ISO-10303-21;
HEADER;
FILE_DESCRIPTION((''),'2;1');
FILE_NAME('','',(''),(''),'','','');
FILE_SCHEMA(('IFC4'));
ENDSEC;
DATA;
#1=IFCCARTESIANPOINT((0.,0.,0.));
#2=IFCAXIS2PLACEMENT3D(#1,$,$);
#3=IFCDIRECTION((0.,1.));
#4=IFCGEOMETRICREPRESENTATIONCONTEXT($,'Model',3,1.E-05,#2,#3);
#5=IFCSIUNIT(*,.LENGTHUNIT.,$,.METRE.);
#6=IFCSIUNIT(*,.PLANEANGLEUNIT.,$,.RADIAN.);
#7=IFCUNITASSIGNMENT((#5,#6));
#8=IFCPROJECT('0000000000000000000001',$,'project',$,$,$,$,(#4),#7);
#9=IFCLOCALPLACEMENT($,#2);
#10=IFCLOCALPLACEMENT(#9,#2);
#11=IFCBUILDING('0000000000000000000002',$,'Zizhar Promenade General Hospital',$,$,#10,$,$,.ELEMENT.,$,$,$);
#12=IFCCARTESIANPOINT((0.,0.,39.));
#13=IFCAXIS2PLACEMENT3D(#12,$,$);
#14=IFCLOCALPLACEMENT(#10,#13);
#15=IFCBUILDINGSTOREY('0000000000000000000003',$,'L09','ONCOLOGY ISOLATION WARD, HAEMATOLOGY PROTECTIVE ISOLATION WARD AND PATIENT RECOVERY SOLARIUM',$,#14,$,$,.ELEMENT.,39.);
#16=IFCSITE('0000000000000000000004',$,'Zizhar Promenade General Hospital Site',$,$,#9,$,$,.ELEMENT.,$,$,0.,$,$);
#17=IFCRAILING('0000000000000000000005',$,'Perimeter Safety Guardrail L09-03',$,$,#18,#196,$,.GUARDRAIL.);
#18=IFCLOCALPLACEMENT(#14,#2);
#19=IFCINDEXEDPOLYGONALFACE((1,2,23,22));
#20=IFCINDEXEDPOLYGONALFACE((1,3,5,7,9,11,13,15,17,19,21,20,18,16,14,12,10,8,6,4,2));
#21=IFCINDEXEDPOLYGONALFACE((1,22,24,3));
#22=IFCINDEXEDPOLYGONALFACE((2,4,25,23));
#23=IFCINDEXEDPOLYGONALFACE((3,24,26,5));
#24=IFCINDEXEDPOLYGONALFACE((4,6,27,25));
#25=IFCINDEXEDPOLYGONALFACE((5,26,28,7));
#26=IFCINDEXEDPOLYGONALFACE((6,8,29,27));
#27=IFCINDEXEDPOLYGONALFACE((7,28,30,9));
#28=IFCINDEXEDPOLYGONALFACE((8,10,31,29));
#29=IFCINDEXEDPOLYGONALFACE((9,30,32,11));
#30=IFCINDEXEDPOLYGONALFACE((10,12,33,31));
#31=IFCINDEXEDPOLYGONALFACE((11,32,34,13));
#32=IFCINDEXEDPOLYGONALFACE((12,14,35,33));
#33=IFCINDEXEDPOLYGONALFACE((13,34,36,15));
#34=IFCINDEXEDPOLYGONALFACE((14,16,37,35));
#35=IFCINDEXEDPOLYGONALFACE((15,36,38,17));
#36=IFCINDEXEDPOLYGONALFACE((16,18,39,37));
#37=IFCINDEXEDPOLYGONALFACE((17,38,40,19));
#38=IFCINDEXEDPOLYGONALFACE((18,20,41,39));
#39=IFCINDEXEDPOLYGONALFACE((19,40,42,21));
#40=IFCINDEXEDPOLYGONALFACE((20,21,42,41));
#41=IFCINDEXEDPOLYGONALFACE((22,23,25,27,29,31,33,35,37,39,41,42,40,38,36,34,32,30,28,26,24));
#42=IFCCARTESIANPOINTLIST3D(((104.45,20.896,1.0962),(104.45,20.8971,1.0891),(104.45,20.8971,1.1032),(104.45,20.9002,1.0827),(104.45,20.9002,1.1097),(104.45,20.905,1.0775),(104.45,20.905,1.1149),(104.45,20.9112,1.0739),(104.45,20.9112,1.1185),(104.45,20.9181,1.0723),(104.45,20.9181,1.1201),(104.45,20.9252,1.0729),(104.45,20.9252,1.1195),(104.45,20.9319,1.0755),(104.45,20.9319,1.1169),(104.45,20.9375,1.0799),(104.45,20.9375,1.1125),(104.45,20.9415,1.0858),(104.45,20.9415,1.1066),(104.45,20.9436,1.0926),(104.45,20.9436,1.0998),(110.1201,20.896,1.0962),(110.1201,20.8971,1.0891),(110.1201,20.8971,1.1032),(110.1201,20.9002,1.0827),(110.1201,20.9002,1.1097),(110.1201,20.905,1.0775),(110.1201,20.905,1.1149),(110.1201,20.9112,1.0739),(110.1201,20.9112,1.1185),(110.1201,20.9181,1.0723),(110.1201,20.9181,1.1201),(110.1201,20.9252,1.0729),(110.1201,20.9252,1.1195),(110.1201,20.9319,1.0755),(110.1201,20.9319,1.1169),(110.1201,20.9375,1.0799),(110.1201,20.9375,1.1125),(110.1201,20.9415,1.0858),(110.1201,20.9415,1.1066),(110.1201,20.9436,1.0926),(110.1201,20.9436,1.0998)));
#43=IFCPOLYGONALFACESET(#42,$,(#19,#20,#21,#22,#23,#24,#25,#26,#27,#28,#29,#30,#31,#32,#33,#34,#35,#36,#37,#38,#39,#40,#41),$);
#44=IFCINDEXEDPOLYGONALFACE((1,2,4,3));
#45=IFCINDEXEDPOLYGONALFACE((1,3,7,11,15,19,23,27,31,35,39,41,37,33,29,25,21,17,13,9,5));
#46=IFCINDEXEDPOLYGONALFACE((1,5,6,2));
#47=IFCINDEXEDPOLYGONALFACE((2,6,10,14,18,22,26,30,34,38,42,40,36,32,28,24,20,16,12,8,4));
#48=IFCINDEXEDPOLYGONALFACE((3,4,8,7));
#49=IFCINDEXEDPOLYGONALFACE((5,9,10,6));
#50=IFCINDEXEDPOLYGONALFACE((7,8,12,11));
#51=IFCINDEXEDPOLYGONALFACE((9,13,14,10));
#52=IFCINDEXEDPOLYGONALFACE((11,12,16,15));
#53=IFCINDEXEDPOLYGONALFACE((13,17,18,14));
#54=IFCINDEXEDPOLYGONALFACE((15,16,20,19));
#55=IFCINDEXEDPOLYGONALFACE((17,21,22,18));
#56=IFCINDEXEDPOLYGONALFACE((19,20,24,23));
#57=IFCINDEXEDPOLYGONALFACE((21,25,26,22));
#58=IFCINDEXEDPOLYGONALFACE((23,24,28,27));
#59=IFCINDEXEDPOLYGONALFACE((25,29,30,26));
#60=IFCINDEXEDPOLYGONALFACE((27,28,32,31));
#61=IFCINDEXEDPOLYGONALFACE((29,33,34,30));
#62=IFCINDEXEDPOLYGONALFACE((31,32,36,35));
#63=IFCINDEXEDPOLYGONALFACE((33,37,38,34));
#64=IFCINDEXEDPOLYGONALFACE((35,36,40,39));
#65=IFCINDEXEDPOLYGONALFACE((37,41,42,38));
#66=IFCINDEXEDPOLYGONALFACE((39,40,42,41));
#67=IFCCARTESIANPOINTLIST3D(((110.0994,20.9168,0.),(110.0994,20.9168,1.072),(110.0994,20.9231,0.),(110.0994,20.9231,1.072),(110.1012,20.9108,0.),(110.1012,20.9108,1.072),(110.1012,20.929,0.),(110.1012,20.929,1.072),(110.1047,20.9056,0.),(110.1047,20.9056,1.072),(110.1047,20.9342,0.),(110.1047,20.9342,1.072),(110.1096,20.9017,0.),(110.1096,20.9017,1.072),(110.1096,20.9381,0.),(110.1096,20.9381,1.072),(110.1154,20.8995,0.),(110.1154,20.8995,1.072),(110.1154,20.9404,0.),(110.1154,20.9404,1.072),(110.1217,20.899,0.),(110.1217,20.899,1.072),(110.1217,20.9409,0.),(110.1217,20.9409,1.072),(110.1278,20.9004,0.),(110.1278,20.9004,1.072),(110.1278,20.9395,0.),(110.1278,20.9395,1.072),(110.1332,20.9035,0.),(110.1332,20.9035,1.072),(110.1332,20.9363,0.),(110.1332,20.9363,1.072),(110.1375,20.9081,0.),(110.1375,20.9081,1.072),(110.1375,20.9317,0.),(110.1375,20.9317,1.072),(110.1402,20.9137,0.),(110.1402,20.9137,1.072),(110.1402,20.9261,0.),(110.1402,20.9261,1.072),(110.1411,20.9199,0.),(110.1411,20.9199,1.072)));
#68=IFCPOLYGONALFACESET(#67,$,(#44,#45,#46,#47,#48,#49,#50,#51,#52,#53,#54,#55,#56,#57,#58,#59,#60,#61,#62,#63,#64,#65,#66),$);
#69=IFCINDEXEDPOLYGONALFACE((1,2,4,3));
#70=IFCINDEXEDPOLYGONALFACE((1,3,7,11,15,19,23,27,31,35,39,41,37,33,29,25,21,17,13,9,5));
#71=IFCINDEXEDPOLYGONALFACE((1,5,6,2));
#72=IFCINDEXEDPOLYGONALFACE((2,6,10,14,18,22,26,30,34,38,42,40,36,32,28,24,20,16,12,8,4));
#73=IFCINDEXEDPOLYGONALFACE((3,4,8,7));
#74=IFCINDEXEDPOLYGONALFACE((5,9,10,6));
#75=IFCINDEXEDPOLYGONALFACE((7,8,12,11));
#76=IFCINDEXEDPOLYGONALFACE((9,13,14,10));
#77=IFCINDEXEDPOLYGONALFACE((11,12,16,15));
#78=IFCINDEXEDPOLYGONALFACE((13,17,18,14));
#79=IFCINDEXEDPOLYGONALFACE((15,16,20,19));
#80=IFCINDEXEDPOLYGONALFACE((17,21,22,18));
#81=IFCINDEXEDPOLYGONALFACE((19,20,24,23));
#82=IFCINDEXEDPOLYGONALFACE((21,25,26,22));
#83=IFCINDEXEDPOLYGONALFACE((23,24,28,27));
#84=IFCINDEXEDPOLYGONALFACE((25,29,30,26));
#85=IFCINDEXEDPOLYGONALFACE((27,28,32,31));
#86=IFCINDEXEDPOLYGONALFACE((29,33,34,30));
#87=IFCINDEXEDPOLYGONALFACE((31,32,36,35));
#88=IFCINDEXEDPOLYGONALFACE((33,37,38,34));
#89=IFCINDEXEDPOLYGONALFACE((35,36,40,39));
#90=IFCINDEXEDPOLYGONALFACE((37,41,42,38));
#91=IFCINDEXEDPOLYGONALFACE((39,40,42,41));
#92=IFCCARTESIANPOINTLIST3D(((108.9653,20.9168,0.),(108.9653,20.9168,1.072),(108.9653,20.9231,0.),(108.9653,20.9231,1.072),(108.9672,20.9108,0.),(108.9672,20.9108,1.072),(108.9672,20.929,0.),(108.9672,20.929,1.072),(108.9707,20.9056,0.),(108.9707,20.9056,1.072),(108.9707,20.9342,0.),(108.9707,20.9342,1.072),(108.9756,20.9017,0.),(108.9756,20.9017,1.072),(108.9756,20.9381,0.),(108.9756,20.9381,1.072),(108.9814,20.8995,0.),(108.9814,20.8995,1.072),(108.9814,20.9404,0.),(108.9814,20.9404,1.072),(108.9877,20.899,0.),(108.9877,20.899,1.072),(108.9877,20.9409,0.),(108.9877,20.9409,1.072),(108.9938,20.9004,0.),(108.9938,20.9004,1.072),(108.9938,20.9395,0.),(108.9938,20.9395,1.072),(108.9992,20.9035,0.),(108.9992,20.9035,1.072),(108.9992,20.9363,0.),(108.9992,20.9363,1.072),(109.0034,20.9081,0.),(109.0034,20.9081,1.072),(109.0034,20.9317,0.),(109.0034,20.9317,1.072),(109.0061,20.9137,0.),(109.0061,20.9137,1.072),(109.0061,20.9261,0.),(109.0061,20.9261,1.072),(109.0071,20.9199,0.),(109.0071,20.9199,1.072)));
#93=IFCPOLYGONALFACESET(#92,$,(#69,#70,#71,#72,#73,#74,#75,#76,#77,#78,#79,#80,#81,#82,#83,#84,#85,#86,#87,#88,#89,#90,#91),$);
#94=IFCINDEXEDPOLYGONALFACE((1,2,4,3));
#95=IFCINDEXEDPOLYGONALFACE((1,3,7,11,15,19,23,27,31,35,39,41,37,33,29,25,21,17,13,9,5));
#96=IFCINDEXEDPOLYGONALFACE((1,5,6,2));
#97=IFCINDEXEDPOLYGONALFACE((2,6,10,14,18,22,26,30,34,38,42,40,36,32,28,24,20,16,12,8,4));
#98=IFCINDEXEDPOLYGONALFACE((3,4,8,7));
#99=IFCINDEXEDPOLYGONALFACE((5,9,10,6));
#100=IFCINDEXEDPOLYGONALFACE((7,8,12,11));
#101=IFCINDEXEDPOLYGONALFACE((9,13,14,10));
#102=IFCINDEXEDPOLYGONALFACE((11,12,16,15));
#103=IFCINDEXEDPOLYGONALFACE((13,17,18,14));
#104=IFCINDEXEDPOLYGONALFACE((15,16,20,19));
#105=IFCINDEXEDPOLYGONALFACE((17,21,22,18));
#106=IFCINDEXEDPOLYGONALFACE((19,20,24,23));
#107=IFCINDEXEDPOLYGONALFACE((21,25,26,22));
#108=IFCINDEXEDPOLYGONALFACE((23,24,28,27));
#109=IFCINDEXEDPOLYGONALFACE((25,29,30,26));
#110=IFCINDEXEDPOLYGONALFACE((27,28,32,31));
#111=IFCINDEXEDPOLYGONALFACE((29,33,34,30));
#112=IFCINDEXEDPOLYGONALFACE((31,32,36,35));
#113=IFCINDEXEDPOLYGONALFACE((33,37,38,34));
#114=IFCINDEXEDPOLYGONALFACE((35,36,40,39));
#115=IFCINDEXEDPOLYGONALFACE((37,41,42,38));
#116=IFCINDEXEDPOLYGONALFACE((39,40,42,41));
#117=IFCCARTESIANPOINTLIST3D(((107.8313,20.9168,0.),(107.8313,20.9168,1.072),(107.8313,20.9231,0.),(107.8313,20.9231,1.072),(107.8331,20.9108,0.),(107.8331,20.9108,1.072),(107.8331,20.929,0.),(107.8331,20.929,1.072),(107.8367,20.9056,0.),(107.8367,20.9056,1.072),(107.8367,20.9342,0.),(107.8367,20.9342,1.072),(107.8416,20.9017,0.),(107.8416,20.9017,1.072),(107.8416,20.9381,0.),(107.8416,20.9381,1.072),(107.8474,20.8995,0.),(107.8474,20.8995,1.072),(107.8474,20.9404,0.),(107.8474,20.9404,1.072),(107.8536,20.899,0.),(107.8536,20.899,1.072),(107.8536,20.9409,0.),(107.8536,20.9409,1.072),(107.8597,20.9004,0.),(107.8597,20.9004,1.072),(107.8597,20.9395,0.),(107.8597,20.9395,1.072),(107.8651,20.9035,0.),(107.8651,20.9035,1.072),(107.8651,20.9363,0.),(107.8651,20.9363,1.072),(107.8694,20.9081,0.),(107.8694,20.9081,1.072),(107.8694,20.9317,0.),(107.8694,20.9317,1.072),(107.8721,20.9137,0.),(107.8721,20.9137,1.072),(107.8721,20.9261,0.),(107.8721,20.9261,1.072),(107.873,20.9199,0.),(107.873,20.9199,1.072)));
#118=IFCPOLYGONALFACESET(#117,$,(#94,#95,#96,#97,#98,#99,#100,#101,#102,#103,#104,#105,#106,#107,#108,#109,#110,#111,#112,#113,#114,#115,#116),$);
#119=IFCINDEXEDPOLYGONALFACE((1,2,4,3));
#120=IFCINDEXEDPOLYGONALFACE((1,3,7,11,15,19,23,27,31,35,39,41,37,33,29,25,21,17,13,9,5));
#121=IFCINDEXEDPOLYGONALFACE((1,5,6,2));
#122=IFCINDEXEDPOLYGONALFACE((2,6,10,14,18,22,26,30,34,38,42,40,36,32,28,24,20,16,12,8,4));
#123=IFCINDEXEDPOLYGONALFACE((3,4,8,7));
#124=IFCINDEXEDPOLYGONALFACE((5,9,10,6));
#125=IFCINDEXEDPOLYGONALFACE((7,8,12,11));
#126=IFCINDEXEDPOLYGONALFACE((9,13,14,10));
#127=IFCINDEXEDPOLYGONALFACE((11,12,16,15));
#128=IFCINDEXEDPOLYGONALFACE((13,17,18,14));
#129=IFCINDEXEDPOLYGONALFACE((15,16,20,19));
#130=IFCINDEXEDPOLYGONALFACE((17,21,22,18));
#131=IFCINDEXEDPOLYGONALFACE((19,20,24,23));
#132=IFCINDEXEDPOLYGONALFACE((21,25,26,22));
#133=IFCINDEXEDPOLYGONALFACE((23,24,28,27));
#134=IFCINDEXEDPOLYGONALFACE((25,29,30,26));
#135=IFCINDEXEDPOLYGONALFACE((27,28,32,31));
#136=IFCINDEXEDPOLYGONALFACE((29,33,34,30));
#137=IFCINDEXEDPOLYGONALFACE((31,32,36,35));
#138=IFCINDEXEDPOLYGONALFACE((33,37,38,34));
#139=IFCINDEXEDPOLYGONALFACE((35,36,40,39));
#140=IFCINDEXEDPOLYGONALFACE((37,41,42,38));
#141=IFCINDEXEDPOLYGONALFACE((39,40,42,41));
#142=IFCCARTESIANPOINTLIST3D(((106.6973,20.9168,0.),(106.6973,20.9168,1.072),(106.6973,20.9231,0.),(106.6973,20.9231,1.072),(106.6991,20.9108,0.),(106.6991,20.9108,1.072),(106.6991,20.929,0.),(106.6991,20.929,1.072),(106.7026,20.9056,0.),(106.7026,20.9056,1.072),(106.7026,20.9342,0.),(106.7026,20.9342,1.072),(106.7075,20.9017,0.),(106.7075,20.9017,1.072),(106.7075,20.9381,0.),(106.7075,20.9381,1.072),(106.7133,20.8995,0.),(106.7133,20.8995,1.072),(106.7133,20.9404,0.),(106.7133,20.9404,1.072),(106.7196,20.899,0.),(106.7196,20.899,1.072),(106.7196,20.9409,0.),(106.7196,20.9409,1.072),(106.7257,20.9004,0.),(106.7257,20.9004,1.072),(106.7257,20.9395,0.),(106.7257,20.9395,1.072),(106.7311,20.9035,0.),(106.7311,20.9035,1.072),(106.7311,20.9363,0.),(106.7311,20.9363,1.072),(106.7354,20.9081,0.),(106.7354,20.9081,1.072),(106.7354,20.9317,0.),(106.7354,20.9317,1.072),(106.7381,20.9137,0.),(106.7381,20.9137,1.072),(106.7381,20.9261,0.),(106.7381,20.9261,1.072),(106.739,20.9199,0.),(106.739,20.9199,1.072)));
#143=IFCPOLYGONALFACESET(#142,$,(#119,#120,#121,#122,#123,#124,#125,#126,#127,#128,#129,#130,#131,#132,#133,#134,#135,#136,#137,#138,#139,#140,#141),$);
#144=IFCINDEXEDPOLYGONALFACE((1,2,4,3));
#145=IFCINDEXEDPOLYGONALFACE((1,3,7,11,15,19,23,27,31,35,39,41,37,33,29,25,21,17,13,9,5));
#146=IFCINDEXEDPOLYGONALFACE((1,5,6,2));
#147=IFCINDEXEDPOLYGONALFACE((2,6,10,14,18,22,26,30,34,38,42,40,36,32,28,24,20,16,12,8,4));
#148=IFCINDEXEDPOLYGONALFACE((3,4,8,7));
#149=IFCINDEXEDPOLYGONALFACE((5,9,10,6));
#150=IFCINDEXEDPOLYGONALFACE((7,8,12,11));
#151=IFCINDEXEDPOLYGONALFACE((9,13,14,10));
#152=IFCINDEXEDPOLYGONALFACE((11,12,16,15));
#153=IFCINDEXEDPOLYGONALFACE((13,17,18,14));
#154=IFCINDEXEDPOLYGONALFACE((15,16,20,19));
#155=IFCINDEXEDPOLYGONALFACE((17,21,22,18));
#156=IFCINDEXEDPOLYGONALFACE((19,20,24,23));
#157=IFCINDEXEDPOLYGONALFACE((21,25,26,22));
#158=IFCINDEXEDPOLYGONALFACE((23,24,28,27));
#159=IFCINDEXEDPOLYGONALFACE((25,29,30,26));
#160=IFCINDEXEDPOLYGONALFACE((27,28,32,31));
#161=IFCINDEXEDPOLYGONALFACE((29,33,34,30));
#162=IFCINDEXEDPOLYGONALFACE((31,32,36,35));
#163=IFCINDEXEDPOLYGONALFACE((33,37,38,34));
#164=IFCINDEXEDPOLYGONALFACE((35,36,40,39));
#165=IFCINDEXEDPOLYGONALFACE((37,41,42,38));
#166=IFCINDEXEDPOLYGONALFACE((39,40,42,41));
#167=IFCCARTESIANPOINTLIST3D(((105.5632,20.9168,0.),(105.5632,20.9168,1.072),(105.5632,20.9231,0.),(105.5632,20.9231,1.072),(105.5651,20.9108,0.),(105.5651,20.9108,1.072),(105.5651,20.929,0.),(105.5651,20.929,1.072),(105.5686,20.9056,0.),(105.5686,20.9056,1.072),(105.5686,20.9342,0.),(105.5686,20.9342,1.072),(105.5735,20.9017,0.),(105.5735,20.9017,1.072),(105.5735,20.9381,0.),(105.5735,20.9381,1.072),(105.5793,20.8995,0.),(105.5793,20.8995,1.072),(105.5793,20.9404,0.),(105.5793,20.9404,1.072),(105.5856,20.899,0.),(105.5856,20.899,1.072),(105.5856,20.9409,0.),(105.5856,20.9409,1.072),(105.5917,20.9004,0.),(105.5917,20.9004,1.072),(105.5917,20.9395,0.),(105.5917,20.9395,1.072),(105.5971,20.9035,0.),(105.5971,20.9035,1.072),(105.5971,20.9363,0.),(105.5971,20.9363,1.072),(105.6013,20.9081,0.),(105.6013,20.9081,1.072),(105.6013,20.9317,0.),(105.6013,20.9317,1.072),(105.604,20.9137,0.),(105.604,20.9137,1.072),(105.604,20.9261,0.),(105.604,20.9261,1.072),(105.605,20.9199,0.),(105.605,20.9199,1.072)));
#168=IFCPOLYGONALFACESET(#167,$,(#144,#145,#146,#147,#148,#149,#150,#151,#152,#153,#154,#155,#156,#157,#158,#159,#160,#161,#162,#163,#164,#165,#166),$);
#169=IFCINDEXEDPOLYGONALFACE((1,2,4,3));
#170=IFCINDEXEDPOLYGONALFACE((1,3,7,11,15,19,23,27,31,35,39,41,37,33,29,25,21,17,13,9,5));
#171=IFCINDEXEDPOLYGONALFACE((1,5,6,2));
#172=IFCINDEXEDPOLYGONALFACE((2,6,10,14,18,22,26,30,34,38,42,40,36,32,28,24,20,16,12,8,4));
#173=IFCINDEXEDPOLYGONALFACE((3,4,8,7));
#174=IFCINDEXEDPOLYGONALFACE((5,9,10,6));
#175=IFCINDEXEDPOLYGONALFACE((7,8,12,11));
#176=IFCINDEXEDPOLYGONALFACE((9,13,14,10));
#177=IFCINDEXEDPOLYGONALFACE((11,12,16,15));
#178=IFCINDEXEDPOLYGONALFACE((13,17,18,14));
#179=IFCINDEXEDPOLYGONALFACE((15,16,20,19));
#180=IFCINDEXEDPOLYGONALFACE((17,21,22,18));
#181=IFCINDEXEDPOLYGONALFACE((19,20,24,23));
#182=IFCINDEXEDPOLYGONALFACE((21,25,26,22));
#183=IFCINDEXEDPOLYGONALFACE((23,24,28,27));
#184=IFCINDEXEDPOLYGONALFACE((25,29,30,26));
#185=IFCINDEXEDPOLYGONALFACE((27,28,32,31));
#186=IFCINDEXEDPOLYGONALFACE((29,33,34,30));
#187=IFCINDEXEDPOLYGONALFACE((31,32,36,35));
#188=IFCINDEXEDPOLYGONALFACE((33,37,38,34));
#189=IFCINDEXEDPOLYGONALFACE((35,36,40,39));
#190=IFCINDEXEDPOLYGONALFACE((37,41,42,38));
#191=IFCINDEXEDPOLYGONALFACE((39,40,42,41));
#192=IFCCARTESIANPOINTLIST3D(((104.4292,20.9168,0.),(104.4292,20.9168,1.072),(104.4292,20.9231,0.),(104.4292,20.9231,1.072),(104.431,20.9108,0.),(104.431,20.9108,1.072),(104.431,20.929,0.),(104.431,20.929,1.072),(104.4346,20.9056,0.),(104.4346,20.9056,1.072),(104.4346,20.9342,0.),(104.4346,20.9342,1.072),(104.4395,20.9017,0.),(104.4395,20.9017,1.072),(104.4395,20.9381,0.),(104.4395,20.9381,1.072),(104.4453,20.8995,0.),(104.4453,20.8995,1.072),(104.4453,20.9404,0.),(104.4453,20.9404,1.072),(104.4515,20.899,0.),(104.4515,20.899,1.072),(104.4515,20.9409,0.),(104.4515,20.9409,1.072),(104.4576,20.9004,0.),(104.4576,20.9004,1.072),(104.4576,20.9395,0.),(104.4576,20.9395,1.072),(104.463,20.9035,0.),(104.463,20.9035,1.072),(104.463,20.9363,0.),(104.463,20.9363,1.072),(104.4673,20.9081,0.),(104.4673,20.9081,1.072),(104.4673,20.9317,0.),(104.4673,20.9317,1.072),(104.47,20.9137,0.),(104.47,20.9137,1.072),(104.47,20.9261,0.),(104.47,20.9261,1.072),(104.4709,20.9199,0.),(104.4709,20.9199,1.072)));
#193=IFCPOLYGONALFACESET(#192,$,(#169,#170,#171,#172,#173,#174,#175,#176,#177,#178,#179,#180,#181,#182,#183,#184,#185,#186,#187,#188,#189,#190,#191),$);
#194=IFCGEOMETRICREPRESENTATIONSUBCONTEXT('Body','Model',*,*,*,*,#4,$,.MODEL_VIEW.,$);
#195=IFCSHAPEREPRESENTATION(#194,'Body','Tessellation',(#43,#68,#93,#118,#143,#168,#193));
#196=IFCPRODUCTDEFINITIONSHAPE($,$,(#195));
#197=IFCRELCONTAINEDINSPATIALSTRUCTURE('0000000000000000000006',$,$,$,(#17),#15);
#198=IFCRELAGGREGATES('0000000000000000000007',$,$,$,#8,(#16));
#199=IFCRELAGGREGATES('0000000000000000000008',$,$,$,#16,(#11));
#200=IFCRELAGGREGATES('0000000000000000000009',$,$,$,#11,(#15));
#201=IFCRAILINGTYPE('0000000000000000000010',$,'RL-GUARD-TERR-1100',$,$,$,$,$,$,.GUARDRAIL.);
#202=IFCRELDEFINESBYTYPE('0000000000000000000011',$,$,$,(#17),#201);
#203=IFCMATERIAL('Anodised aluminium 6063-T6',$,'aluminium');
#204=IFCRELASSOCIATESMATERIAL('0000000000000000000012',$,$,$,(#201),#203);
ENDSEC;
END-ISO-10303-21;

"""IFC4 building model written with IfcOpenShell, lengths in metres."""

from ifc_helpers import new_model, si_unit, direction, frame, origin, origin_2d, place, context, subcontext, project, spatial, circle, hollow_circle, extrude, material, material_profile, profile_set, type_object, element, save


model = new_model("IFC4")

# Units and contexts
model_context = context("Model", 3, precision=1e-05, world=origin(), true_north=direction((0.0, 1.0)))
body_context = subcontext(model_context, "Body", "Model", "MODEL_VIEW")
ifc_project = project(units=[si_unit("LENGTHUNIT", "METRE"), si_unit("PLANEANGLEUNIT", "RADIAN")], contexts=[model_context])

# Site, building, storey
site_placement = place(None, origin())
site = spatial("IfcSite", under=ifc_project, at=site_placement, Name="Zizhar Promenade General Hospital Site", CompositionType="ELEMENT", RefElevation=0.0)
building_placement = place(site_placement, origin())
building = spatial("IfcBuilding", under=site, at=building_placement, Name="Zizhar Promenade General Hospital", CompositionType="ELEMENT")
storey_placement = place(building_placement, frame((0.0, 0.0, 39.0)))
storey = spatial("IfcBuildingStorey", under=building, at=storey_placement, Name="L09", Description="ONCOLOGY ISOLATION WARD, HAEMATOLOGY PROTECTIVE ISOLATION WARD AND PATIENT RECOVERY SOLARIUM", CompositionType="ELEMENT", Elevation=39.0)

# Railing
ifc_material_1 = material(Name="Anodised aluminium 6063-T6", Category="aluminium")
ifc_material_profile_1 = material_profile(ifc_material_1, hollow_circle(Radius=0.0698, WallThickness=0.0063, at=origin_2d()))
ifc_profile_set_1 = profile_set([ifc_material_profile_1], Name="Anodised aluminium 6063-T6")
railing_type = type_object("IfcRailingType", Name="RL-GUARD-TERR-1100", PredefinedType="GUARDRAIL", material=ifc_profile_set_1)
railing_1_placement = place(storey_placement, frame((110.1201, 20.9199, 0.0)))
element("IfcRailing", 1, at=railing_1_placement, inside=storey, type_object=railing_type, Name="Perimeter Safety Guardrail L09-03", PredefinedType="GUARDRAIL", context=body_context, shape_type="SweptSolid", body=[
    extrude(circle(Radius=0.0239, at=origin_2d()), frame((0.0, 0.0, 1.0962), z_axis=(-1.0, 0.0, 0.0), x_axis=(0.0, -1.0, 0.0)), (0.0, 0.0, 1.0), 5.6702),
    extrude(circle(Radius=0.021, at=origin_2d()), origin(), (0.0, 0.0, 1.0), 1.072),
    extrude(circle(Radius=0.021, at=origin_2d()), frame((-1.134, 0.0, 0.0)), (0.0, 0.0, 1.0), 1.072),
    extrude(circle(Radius=0.021, at=origin_2d()), frame((-2.2681, 0.0, 0.0)), (0.0, 0.0, 1.0), 1.072),
    extrude(circle(Radius=0.021, at=origin_2d()), frame((-3.4021, 0.0, 0.0)), (0.0, 0.0, 1.0), 1.072),
    extrude(circle(Radius=0.021, at=origin_2d()), frame((-4.5361, 0.0, 0.0)), (0.0, 0.0, 1.0), 1.072),
    extrude(circle(Radius=0.021, at=origin_2d()), frame((-5.6702, 0.0, 0.0)), (0.0, 0.0, 1.0), 1.072),
])

save(model, "model.ifc")
